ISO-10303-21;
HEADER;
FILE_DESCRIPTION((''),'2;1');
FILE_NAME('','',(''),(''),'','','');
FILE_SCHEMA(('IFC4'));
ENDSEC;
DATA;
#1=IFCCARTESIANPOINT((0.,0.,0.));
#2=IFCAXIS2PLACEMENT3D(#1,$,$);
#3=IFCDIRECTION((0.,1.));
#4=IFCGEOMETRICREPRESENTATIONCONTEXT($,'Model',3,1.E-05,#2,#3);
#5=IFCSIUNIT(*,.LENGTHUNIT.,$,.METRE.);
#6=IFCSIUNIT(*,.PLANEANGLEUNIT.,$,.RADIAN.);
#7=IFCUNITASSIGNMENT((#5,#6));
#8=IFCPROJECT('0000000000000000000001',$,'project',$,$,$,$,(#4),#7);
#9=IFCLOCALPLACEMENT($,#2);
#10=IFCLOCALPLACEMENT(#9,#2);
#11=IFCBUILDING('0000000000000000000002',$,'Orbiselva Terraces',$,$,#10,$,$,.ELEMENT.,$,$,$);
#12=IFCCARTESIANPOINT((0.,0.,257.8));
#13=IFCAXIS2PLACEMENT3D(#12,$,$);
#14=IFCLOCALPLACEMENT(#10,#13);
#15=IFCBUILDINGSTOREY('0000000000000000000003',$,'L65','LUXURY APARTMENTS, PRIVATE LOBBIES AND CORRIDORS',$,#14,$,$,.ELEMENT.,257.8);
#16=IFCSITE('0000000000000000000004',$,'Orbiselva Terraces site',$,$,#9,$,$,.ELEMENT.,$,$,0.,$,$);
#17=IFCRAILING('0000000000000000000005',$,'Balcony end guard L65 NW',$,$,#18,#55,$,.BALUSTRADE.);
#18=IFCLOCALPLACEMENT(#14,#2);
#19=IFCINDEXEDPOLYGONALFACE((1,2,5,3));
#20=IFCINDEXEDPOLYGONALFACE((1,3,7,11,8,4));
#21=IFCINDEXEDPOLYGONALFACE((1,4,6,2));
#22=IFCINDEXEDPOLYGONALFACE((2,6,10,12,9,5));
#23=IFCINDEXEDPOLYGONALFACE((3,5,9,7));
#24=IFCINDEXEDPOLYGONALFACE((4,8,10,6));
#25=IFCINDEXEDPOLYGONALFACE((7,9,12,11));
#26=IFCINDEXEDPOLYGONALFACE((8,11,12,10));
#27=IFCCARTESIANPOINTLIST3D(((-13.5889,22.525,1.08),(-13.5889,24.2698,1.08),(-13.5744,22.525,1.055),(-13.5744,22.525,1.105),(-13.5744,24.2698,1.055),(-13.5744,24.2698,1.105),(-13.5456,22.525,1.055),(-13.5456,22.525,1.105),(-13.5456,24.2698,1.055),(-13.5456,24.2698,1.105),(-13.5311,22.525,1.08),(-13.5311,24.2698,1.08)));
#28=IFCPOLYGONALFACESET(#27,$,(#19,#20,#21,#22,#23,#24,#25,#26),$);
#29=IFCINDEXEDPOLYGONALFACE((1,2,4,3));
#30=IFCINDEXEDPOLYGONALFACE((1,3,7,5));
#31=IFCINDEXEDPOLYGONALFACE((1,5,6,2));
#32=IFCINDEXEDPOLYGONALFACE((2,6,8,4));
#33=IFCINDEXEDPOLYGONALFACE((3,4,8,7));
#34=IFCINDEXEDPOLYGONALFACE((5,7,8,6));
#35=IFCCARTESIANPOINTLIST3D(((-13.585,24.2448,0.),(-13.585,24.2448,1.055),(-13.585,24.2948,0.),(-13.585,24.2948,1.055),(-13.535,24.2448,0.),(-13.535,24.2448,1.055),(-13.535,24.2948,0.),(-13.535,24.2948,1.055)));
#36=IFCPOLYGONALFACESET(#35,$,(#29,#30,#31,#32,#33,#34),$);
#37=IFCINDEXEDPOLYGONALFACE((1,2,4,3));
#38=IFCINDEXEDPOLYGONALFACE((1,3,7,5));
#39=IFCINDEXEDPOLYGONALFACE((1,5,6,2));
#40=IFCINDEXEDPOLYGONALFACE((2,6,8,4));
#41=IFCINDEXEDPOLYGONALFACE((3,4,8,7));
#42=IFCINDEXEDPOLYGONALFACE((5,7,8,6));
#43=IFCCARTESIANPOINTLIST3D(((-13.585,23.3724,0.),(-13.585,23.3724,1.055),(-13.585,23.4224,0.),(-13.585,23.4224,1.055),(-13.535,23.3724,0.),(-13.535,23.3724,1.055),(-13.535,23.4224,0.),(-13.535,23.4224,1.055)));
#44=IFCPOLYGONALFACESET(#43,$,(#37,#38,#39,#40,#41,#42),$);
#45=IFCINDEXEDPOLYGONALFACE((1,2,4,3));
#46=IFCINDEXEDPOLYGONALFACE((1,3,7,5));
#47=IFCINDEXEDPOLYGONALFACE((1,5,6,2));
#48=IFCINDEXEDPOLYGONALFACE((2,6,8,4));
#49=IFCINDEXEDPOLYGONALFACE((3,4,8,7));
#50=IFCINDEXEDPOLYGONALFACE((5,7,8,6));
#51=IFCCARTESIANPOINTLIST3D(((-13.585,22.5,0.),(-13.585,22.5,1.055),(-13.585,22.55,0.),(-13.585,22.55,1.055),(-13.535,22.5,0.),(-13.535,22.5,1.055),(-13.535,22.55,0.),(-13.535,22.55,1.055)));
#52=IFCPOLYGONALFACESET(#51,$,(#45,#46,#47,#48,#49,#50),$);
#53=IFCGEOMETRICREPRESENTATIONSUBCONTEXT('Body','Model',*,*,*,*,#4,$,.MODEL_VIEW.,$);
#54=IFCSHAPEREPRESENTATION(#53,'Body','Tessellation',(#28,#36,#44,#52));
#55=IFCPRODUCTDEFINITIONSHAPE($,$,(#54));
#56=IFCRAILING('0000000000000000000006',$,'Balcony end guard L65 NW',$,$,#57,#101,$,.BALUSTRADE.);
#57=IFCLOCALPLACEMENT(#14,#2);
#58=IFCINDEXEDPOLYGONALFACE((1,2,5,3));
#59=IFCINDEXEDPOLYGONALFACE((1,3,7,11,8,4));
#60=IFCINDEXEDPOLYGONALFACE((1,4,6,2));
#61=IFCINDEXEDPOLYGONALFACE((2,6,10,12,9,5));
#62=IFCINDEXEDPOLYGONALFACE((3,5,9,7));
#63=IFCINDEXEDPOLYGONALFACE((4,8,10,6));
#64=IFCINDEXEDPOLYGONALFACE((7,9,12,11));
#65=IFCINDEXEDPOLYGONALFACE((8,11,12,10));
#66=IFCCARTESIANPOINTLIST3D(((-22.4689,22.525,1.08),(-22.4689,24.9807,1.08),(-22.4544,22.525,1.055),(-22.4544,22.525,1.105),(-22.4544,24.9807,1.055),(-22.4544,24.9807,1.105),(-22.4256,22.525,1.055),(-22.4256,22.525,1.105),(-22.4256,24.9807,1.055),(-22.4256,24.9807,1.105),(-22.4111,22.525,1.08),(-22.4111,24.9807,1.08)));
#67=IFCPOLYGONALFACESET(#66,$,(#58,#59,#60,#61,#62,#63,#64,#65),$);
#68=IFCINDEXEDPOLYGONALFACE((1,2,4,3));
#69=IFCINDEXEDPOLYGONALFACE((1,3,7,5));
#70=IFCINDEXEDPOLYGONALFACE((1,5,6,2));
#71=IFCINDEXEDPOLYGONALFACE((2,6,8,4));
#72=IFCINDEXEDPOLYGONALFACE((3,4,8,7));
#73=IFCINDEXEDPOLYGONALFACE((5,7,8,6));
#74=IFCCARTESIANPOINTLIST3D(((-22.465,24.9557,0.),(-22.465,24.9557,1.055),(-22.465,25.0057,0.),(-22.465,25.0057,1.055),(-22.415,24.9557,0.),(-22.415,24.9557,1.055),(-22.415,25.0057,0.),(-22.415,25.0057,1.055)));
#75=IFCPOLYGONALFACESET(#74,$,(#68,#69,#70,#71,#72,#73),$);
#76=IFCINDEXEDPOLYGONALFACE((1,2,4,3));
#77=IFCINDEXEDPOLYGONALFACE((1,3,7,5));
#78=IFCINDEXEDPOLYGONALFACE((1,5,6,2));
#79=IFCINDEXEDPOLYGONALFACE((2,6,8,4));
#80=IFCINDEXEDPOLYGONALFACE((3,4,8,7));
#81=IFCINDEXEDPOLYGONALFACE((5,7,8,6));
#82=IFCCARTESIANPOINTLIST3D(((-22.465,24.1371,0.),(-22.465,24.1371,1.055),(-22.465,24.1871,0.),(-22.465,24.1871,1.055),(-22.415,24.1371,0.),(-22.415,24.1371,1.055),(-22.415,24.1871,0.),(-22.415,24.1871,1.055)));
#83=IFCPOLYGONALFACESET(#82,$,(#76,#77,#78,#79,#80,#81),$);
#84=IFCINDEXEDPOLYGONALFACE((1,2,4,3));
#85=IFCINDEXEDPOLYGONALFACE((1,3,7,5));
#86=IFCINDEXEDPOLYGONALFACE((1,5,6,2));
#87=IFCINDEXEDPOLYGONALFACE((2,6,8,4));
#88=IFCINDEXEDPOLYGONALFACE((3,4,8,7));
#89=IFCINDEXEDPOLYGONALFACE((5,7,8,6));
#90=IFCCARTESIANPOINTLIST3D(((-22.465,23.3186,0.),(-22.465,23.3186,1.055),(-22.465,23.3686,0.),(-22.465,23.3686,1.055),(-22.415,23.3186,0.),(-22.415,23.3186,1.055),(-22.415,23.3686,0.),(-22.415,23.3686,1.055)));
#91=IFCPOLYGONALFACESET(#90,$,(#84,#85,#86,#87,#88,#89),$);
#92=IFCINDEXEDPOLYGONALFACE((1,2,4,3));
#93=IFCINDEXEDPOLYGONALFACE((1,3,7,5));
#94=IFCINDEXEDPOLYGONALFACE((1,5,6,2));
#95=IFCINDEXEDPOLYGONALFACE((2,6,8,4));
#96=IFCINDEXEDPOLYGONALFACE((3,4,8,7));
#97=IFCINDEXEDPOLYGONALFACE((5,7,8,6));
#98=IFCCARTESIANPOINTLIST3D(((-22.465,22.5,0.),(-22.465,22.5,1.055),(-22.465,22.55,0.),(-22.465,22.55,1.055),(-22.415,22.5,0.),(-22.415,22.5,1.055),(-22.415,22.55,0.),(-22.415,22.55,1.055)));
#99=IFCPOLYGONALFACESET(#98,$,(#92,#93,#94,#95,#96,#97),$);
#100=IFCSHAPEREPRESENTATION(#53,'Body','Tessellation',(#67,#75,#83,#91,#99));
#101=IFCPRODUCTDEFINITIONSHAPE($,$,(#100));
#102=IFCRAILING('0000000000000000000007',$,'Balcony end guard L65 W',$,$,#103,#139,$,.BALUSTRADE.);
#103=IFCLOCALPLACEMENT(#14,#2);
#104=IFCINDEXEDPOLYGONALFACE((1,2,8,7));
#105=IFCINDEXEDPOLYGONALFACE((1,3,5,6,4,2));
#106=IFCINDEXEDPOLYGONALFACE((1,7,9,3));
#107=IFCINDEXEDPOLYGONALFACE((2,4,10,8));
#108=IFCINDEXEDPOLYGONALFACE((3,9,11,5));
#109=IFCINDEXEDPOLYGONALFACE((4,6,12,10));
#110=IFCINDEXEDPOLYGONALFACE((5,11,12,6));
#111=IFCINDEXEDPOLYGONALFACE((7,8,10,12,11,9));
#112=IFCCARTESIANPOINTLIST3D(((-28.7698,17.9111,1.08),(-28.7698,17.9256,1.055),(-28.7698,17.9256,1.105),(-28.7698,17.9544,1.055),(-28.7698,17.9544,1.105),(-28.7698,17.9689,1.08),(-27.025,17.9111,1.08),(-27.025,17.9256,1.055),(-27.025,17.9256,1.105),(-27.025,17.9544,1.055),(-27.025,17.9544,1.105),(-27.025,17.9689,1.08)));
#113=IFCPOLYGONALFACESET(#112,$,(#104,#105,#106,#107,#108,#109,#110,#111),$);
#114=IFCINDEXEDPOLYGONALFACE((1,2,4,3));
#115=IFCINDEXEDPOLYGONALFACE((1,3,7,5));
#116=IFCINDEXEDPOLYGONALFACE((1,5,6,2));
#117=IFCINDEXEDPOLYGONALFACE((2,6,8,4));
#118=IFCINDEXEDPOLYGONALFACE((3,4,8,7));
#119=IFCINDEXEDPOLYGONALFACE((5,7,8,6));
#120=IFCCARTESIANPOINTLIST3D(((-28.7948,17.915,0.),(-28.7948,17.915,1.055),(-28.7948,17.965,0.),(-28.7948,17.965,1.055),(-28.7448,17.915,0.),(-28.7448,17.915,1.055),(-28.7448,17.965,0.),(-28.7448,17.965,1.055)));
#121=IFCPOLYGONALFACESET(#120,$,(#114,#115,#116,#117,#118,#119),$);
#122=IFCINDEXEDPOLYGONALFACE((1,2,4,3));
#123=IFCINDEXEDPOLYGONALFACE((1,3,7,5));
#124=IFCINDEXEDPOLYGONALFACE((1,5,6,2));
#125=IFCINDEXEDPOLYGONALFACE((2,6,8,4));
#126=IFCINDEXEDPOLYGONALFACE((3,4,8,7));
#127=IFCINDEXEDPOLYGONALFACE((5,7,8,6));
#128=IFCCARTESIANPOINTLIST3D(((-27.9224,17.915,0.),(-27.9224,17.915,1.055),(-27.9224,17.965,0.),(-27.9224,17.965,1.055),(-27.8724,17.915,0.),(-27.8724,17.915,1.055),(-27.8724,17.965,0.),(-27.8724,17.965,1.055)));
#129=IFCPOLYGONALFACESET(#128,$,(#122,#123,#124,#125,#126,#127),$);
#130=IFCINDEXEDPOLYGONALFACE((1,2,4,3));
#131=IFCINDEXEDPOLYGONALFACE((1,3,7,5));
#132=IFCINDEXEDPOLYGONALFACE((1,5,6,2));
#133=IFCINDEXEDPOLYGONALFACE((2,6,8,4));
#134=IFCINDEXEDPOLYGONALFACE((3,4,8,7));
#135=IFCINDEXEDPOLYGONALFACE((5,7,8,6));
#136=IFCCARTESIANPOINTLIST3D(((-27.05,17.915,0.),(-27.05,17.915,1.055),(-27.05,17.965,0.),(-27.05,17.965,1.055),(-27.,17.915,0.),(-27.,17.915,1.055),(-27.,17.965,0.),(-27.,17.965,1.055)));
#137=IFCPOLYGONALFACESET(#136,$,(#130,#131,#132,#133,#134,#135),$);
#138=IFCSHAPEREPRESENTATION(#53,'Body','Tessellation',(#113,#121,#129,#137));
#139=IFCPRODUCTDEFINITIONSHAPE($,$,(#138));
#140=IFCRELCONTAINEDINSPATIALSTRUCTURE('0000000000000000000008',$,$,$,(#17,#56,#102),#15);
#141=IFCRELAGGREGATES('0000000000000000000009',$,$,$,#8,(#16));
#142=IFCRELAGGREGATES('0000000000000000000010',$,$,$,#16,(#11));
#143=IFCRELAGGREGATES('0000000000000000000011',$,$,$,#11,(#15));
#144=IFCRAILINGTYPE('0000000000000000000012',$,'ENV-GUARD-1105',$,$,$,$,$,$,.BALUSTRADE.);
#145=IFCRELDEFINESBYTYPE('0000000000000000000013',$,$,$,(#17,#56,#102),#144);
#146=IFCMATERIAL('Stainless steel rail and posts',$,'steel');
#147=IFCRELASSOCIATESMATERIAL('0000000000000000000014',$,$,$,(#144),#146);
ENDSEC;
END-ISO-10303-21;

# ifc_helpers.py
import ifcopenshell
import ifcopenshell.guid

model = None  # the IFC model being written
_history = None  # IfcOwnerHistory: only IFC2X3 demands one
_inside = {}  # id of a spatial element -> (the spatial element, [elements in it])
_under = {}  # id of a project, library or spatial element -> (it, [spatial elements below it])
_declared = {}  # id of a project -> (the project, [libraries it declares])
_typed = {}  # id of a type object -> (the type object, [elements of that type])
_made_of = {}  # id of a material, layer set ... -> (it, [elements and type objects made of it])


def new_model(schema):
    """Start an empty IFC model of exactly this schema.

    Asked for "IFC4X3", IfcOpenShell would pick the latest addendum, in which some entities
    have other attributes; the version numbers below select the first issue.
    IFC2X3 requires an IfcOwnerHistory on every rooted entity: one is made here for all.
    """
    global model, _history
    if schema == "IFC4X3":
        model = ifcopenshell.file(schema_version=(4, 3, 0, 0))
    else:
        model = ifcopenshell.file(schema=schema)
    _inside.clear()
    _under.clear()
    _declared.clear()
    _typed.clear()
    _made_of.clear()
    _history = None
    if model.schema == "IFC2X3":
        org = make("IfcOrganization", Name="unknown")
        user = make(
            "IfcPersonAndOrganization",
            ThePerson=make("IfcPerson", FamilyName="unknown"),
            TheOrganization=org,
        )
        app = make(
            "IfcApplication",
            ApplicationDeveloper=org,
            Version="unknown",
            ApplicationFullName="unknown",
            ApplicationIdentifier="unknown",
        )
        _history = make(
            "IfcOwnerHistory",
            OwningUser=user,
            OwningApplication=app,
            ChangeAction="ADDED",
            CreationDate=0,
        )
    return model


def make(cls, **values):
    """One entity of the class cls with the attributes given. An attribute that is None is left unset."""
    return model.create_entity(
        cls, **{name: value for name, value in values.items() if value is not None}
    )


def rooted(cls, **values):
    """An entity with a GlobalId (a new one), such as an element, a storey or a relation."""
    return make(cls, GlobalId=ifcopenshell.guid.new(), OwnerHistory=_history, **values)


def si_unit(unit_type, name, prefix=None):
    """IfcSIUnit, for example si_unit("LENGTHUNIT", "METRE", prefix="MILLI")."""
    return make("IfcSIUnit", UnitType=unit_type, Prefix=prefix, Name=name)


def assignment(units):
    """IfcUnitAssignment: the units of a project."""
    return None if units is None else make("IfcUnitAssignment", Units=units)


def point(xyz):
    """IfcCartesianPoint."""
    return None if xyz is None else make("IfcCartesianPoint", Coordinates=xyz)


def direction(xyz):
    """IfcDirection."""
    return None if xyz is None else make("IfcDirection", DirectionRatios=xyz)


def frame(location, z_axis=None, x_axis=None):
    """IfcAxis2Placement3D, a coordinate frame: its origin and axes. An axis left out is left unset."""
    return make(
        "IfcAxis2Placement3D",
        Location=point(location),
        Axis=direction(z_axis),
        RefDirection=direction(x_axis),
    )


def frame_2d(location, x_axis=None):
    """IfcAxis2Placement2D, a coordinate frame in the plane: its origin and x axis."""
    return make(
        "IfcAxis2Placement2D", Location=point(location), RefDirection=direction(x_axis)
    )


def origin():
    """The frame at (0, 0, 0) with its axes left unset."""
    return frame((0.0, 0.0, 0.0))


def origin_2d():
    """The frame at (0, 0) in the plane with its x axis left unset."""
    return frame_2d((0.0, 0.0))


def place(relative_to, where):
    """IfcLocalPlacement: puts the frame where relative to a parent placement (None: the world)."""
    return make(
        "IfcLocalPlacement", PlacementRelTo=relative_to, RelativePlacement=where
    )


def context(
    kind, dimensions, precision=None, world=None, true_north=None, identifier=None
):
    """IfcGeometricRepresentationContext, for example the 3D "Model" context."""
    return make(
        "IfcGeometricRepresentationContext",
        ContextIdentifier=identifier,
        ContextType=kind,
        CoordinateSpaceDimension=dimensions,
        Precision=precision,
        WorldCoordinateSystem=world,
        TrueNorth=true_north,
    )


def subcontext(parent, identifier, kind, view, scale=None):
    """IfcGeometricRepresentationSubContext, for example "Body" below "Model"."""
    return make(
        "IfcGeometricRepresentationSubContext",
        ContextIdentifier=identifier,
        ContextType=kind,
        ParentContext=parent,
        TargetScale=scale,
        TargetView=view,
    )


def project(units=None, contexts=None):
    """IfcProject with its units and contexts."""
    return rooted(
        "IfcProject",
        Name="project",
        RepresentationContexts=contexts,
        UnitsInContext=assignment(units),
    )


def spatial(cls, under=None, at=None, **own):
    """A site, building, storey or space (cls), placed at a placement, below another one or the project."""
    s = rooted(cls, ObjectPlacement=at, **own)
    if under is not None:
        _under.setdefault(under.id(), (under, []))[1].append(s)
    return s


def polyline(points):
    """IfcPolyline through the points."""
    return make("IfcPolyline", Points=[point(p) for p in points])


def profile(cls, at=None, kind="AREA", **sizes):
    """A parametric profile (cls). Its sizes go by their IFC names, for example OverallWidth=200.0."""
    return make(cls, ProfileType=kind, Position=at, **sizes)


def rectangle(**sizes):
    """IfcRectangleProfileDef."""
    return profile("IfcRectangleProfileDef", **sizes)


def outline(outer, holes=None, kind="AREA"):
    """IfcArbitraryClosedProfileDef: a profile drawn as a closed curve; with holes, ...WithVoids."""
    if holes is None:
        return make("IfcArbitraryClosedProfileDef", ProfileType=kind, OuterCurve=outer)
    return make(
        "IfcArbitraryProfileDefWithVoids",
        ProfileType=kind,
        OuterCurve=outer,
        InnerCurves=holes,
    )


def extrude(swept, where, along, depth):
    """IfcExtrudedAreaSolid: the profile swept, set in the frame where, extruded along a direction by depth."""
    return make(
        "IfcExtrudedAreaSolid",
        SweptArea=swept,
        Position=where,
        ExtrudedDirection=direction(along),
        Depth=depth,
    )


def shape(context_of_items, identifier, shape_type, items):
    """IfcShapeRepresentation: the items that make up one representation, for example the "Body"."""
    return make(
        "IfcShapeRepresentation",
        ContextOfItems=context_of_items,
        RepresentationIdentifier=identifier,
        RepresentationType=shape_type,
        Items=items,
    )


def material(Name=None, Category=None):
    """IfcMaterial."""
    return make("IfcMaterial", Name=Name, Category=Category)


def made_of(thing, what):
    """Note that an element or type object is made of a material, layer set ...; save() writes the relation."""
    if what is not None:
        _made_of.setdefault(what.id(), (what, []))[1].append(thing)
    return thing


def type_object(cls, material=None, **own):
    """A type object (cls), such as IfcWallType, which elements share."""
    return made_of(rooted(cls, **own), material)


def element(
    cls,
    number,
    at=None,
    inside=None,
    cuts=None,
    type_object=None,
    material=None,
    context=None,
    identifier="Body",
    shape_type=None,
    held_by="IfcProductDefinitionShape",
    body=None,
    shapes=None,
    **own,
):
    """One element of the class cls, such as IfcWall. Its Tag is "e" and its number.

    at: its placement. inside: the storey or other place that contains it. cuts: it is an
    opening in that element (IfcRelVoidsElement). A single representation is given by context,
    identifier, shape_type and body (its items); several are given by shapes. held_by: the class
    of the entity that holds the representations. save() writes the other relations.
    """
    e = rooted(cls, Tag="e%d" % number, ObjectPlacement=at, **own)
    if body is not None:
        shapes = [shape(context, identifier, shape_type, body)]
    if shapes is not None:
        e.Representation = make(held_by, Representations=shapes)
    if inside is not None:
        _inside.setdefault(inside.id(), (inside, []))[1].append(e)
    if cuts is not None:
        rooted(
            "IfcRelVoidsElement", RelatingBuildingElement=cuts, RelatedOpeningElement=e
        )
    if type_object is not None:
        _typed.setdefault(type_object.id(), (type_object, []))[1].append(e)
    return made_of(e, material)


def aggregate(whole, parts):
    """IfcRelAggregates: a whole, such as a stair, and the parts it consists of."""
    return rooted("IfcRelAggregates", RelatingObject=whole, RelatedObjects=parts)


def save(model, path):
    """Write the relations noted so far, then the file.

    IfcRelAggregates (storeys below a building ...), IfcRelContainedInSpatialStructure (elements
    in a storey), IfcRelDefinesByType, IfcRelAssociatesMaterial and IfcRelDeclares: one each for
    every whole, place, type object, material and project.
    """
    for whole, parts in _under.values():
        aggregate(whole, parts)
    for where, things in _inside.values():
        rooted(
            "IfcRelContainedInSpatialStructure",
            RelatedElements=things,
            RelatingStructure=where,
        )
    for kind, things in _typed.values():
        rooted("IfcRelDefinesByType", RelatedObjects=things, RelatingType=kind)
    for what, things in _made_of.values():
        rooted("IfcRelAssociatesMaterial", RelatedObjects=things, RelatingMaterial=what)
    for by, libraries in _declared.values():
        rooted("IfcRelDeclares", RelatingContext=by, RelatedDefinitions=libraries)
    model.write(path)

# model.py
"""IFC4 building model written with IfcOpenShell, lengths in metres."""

from ifc_helpers import new_model, si_unit, direction, frame, origin, origin_2d, place, context, subcontext, project, spatial, polyline, rectangle, outline, extrude, material, type_object, element, save


model = new_model("IFC4")

# Units and contexts
model_context = context("Model", 3, precision=1e-05, world=origin(), true_north=direction((0.0, 1.0)))
body_context = subcontext(model_context, "Body", "Model", "MODEL_VIEW")
ifc_project = project(units=[si_unit("LENGTHUNIT", "METRE"), si_unit("PLANEANGLEUNIT", "RADIAN")], contexts=[model_context])

# Site, building, storey
site_placement = place(None, origin())
site = spatial("IfcSite", under=ifc_project, at=site_placement, Name="Orbiselva Terraces site", CompositionType="ELEMENT", RefElevation=0.0)
building_placement = place(site_placement, origin())
building = spatial("IfcBuilding", under=site, at=building_placement, Name="Orbiselva Terraces", CompositionType="ELEMENT")
storey_placement = place(building_placement, frame((0.0, 0.0, 257.8)))
storey = spatial("IfcBuildingStorey", under=building, at=storey_placement, Name="L65", Description="LUXURY APARTMENTS, PRIVATE LOBBIES AND CORRIDORS", CompositionType="ELEMENT", Elevation=257.8)

# Railings
ifc_material_1 = material(Name="Stainless steel rail and posts", Category="steel")
railing_type_1 = type_object("IfcRailingType", Name="ENV-GUARD-1105", PredefinedType="BALUSTRADE", material=ifc_material_1)
railing_1_placement = place(storey_placement, frame((-13.56, 24.2698, 0.0)))
element("IfcRailing", 1, at=railing_1_placement, inside=storey, type_object=railing_type_1, Name="Balcony end guard L65 NW", PredefinedType="BALUSTRADE", context=body_context, shape_type="SweptSolid", body=[
    extrude(outline(polyline([(0.0289, 0.0), (0.0144, 0.025), (-0.0144, 0.025), (-0.0289, 0.0), (-0.0144, -0.025), (0.0144, -0.025), (0.0289, 0.0)])), frame((0.0, 0.0, 1.08), z_axis=(0.0, -1.0, 0.0), x_axis=(1.0, 0.0, 0.0)), (0.0, 0.0, 1.0), 1.7448),
    extrude(rectangle(XDim=0.05, YDim=0.05, at=origin_2d()), origin(), (0.0, 0.0, 1.0), 1.055),
    extrude(rectangle(XDim=0.05, YDim=0.05, at=origin_2d()), frame((0.0, -0.8724, 0.0)), (0.0, 0.0, 1.0), 1.055),
    extrude(rectangle(XDim=0.05, YDim=0.05, at=origin_2d()), frame((0.0, -1.7448, 0.0)), (0.0, 0.0, 1.0), 1.055),
])
railing_2_placement = place(storey_placement, frame((-22.44, 24.9807, 0.0)))
element("IfcRailing", 2, at=railing_2_placement, inside=storey, type_object=railing_type_1, Name="Balcony end guard L65 NW", PredefinedType="BALUSTRADE", context=body_context, shape_type="SweptSolid", body=[
    extrude(outline(polyline([(0.0289, 0.0), (0.0144, 0.025), (-0.0144, 0.025), (-0.0289, 0.0), (-0.0144, -0.025), (0.0144, -0.025), (0.0289, 0.0)])), frame((0.0, 0.0, 1.08), z_axis=(0.0, -1.0, 0.0), x_axis=(1.0, 0.0, 0.0)), (0.0, 0.0, 1.0), 2.4557),
    extrude(rectangle(XDim=0.05, YDim=0.05, at=origin_2d()), origin(), (0.0, 0.0, 1.0), 1.055),
    extrude(rectangle(XDim=0.05, YDim=0.05, at=origin_2d()), frame((0.0, -0.8186, 0.0)), (0.0, 0.0, 1.0), 1.055),
    extrude(rectangle(XDim=0.05, YDim=0.05, at=origin_2d()), frame((0.0, -1.6371, 0.0)), (0.0, 0.0, 1.0), 1.055),
    extrude(rectangle(XDim=0.05, YDim=0.05, at=origin_2d()), frame((0.0, -2.4557, 0.0)), (0.0, 0.0, 1.0), 1.055),
])
railing_3_placement = place(storey_placement, frame((-28.7698, 17.94, 0.0)))
element("IfcRailing", 3, at=railing_3_placement, inside=storey, type_object=railing_type_1, Name="Balcony end guard L65 W", PredefinedType="BALUSTRADE", context=body_context, shape_type="SweptSolid", body=[
    extrude(outline(polyline([(0.0289, 0.0), (0.0144, 0.025), (-0.0144, 0.025), (-0.0289, 0.0), (-0.0144, -0.025), (0.0144, -0.025), (0.0289, 0.0)])), frame((0.0, 0.0, 1.08), z_axis=(1.0, 0.0, 0.0), x_axis=(0.0, 1.0, 0.0)), (0.0, 0.0, 1.0), 1.7448),
    extrude(rectangle(XDim=0.05, YDim=0.05, at=origin_2d()), origin(), (0.0, 0.0, 1.0), 1.055),
    extrude(rectangle(XDim=0.05, YDim=0.05, at=origin_2d()), frame((0.8724, 0.0, 0.0)), (0.0, 0.0, 1.0), 1.055),
    extrude(rectangle(XDim=0.05, YDim=0.05, at=origin_2d()), frame((1.7448, 0.0, 0.0)), (0.0, 0.0, 1.0), 1.055),
])

save(model, "model.ifc")
